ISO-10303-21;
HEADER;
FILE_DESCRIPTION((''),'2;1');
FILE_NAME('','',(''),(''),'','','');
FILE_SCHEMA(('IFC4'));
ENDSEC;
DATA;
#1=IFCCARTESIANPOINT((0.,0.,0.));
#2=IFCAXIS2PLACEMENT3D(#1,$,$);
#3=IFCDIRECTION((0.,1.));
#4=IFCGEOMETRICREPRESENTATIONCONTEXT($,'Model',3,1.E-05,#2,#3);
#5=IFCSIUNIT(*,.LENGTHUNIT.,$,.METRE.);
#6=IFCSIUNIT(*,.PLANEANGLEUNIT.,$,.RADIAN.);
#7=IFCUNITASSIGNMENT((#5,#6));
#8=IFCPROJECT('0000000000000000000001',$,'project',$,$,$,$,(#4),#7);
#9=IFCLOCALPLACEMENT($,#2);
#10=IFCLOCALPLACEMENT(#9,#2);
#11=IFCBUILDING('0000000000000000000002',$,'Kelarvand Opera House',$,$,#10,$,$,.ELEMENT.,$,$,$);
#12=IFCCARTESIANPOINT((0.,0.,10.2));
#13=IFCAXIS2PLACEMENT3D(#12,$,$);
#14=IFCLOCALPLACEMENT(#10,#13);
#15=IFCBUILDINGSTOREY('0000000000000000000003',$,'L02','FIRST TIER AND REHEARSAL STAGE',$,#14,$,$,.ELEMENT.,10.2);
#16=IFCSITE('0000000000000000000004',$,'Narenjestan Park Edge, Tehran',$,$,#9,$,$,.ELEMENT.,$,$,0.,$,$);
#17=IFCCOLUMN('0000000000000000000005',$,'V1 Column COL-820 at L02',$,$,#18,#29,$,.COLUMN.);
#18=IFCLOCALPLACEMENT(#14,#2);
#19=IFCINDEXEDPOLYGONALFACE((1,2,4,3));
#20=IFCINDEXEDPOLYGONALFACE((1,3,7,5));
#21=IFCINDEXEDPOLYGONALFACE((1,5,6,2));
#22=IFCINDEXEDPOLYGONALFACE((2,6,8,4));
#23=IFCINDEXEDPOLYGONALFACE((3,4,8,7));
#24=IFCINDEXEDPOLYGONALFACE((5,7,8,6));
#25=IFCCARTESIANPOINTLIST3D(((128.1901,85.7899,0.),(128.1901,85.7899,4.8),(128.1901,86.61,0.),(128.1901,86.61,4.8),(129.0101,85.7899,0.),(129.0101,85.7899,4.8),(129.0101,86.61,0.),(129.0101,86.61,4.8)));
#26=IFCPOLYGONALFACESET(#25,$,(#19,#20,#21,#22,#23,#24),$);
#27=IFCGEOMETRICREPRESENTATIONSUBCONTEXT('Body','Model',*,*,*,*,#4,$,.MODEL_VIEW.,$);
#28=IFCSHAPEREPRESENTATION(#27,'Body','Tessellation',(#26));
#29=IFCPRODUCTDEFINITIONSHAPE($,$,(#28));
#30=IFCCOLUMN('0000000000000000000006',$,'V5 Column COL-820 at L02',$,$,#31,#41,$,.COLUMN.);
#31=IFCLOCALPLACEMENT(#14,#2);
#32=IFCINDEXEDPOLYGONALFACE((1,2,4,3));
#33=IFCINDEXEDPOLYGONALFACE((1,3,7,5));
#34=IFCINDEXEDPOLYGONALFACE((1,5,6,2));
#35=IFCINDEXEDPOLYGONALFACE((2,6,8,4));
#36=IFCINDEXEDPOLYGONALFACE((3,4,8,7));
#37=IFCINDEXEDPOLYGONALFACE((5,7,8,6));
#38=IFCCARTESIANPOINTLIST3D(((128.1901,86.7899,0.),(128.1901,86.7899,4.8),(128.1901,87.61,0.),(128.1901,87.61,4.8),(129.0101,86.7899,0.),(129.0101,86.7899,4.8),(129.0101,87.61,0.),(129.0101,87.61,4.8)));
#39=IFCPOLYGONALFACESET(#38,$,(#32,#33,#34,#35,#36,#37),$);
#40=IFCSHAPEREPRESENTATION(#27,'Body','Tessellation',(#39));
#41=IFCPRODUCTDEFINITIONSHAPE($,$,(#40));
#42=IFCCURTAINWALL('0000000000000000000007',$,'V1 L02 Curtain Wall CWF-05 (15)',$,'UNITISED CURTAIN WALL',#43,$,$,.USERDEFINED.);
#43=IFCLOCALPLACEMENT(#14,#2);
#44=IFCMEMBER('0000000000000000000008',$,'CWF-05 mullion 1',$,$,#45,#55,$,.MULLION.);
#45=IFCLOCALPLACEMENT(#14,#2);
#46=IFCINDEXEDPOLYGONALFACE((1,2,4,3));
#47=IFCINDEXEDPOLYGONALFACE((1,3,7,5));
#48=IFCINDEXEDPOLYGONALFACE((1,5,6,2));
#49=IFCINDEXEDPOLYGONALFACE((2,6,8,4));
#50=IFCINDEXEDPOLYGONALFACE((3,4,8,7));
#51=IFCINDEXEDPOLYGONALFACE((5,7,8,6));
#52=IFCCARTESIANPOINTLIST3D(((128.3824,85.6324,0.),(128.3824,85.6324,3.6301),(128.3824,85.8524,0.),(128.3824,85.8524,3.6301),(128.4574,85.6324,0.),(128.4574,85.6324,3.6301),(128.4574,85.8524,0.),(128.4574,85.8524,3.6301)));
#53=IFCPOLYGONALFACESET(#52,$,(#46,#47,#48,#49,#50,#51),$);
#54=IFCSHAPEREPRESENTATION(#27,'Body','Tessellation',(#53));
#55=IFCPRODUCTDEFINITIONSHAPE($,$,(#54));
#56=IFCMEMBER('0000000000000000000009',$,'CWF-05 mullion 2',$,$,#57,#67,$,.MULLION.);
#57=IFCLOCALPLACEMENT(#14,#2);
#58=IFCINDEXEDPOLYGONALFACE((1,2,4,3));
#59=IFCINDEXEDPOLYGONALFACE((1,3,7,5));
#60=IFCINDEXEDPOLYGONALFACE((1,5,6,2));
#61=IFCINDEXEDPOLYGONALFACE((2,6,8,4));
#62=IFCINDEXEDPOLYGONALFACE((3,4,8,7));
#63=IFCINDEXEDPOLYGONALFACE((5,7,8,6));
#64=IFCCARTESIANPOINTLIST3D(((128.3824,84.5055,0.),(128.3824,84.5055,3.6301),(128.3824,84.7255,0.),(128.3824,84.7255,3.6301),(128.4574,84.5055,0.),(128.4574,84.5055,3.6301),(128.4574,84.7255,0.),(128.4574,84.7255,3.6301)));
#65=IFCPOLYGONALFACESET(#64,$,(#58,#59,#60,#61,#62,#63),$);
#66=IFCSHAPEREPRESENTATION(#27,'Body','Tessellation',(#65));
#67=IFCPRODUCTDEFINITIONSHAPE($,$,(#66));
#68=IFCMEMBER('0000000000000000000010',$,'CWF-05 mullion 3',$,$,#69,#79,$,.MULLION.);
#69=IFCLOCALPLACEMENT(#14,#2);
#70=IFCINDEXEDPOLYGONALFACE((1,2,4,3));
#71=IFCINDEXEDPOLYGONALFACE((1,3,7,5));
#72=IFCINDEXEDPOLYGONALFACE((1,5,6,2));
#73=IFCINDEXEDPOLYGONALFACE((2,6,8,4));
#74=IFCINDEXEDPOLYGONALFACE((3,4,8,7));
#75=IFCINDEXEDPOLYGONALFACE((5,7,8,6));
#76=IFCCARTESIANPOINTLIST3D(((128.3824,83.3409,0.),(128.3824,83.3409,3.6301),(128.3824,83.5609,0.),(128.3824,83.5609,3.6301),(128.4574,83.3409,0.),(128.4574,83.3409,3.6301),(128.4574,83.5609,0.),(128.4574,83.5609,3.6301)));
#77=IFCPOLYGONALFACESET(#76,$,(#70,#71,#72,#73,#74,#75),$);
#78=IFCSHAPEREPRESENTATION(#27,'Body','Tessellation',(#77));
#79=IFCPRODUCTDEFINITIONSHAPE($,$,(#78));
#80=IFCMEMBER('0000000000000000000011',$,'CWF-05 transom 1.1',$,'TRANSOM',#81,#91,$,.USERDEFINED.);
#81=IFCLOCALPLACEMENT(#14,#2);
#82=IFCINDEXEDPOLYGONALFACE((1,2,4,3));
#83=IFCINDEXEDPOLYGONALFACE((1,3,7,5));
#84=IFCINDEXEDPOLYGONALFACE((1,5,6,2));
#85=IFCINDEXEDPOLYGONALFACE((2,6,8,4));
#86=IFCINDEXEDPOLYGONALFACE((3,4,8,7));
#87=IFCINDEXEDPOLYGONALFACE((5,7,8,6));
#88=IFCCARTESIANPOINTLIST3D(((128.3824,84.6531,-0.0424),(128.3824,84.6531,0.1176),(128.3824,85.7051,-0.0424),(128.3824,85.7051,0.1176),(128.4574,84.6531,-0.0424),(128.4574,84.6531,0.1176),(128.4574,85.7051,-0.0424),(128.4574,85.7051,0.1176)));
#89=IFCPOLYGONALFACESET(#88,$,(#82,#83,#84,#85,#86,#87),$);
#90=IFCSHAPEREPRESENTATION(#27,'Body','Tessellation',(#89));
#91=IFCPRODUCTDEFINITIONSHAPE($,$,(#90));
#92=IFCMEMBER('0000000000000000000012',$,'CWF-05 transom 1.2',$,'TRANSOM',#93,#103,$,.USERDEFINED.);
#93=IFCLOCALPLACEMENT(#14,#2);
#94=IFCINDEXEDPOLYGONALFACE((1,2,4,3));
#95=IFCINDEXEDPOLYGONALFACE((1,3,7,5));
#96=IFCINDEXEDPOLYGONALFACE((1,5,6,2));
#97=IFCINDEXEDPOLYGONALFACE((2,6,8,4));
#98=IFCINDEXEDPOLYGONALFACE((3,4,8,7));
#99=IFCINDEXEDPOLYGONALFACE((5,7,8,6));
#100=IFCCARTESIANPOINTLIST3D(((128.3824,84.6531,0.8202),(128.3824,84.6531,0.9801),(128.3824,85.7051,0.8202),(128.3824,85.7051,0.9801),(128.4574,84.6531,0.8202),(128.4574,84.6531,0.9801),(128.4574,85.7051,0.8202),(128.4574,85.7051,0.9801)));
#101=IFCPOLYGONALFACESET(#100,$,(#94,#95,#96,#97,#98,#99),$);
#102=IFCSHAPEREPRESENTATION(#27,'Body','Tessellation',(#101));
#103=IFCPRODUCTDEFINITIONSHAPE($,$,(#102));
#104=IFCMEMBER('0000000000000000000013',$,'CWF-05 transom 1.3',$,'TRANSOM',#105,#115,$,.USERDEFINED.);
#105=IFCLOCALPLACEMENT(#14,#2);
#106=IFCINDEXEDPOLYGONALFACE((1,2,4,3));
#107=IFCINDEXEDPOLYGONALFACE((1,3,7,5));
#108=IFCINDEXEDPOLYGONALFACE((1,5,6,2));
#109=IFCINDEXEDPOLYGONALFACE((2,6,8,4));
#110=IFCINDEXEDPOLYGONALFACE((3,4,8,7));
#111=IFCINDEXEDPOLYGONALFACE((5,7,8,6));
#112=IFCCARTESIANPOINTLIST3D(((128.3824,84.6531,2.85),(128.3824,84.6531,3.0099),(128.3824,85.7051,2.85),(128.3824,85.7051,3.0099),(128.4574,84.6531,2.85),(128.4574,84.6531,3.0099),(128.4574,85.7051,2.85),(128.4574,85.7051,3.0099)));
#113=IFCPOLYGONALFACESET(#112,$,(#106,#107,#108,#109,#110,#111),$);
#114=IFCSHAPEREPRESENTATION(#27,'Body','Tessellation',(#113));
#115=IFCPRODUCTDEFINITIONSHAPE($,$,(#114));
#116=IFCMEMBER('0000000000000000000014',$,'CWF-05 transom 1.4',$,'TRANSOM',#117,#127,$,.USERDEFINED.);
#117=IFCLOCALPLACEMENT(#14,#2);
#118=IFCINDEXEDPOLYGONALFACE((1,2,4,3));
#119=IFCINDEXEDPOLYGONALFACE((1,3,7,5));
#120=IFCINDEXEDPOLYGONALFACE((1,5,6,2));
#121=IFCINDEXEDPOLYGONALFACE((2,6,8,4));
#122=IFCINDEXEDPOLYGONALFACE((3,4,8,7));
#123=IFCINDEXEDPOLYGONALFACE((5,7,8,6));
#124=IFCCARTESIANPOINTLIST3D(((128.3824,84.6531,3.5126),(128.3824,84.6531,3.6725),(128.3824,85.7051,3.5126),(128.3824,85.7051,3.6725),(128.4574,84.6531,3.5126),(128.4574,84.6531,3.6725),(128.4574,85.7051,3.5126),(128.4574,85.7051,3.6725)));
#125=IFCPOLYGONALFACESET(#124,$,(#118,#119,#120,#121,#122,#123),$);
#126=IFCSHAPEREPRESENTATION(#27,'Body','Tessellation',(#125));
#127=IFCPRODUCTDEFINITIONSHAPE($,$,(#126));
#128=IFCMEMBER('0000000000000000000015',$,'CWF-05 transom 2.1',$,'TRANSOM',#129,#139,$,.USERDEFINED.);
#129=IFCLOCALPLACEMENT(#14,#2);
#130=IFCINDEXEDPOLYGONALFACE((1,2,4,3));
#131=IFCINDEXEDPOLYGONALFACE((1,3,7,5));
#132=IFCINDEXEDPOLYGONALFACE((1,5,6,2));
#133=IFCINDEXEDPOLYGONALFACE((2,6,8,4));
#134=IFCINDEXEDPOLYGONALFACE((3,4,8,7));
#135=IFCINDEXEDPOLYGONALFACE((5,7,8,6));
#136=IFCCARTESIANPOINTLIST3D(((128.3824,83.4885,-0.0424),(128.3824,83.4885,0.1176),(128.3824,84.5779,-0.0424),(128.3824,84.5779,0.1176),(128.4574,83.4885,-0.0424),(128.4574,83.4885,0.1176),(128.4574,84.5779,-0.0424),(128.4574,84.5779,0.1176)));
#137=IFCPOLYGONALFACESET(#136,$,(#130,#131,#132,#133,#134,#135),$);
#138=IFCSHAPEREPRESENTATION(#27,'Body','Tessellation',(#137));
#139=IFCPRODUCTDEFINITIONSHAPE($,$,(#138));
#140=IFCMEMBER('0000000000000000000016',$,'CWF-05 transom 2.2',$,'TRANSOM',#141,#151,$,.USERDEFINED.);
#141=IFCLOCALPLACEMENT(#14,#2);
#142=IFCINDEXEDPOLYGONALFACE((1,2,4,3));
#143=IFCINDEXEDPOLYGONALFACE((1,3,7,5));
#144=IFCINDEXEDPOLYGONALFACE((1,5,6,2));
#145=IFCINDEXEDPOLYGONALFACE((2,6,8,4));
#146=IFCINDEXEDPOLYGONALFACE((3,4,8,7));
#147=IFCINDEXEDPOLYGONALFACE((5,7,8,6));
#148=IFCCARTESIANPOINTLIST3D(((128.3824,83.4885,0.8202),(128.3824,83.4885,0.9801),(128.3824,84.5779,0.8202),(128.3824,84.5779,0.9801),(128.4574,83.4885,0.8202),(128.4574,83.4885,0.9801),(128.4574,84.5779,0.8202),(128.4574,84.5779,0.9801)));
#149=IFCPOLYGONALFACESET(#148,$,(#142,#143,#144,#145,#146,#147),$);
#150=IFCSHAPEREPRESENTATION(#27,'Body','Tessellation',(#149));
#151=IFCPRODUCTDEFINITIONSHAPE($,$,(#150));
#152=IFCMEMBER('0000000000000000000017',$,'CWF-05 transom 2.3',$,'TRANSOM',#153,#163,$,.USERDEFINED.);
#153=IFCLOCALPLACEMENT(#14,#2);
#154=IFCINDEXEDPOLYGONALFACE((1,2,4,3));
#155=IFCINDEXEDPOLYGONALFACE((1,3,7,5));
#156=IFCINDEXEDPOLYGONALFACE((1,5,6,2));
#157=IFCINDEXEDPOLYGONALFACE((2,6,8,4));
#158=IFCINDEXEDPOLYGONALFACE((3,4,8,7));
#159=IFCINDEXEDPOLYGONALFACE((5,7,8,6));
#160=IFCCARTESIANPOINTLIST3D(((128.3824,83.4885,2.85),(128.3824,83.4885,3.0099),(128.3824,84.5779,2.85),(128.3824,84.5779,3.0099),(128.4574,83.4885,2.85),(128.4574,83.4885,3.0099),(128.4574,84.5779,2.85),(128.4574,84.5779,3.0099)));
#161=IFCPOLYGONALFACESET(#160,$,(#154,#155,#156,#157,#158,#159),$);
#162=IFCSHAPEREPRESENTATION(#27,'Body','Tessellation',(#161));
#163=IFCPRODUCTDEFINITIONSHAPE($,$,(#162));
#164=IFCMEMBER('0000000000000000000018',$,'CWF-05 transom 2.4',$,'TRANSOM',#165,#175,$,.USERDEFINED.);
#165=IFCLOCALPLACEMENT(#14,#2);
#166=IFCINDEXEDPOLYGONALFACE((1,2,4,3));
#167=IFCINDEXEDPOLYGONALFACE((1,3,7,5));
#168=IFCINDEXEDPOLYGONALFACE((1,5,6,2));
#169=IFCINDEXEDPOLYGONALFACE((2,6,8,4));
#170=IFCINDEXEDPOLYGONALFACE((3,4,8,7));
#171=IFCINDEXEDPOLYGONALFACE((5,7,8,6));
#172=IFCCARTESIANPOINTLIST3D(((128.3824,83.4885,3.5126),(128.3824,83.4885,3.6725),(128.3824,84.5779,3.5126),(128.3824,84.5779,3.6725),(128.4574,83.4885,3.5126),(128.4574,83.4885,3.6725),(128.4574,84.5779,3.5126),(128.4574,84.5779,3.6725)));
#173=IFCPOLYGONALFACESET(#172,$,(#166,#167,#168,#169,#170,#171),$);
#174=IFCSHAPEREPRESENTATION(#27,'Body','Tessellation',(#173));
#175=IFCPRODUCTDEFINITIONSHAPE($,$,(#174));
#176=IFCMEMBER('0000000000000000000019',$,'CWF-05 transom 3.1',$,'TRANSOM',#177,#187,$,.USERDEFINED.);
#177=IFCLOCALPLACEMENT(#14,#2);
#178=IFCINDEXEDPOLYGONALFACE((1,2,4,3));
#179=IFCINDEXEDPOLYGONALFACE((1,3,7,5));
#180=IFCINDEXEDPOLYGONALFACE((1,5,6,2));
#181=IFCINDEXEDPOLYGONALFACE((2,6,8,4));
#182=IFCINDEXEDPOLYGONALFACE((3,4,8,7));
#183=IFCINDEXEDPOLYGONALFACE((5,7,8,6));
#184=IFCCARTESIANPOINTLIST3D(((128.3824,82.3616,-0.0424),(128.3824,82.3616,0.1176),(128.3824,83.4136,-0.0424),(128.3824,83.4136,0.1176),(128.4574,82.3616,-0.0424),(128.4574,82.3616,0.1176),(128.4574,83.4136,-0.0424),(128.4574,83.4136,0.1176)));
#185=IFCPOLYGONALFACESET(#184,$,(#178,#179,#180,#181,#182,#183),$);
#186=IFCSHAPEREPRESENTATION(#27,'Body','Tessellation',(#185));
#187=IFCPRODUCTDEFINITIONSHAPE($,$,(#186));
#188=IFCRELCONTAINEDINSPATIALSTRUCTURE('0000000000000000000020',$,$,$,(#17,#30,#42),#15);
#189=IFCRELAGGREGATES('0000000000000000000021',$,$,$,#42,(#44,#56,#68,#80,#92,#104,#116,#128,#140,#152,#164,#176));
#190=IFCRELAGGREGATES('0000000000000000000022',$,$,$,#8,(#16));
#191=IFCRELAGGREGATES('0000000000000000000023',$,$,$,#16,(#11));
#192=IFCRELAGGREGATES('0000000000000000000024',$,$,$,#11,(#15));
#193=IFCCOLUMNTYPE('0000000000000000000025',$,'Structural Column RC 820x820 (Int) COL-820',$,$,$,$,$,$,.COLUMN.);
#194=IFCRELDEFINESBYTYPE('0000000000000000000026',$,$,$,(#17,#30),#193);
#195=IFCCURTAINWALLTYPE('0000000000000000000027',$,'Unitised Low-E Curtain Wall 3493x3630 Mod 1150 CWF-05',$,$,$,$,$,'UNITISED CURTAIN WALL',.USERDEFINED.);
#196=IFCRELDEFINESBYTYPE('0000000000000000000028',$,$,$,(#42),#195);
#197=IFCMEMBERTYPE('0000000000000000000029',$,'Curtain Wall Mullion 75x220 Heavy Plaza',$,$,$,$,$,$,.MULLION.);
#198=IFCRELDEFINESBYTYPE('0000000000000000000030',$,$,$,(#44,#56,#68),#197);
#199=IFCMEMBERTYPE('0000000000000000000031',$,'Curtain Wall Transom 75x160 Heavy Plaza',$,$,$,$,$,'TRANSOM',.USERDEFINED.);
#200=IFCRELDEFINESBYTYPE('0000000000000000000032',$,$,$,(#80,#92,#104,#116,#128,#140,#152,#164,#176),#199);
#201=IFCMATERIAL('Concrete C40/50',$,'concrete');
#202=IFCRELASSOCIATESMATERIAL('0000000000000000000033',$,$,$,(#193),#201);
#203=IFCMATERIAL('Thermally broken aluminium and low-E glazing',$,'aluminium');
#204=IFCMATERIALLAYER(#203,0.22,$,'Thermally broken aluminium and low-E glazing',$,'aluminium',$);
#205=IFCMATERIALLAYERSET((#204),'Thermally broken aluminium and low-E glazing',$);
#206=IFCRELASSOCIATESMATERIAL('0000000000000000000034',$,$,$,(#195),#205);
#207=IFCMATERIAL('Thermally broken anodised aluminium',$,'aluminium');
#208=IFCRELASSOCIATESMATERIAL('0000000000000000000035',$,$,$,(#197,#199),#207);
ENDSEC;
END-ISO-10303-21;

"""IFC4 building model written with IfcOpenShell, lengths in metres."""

from ifc_helpers import new_model, si_unit, direction, frame, origin, origin_2d, place, context, subcontext, project, spatial, rectangle, extrude, material, layer, layer_set, material_profile, profile_set, type_object, element, aggregate, save


model = new_model("IFC4")

# Units and contexts
model_context = context("Model", 3, precision=1e-05, world=origin(), true_north=direction((0.0, 1.0)))
body_context = subcontext(model_context, "Body", "Model", "MODEL_VIEW")
ifc_project = project(units=[si_unit("LENGTHUNIT", "METRE"), si_unit("PLANEANGLEUNIT", "RADIAN")], contexts=[model_context])

# Site, building, storey
site_placement = place(None, origin())
site = spatial("IfcSite", under=ifc_project, at=site_placement, Name="Narenjestan Park Edge, Tehran", CompositionType="ELEMENT", RefElevation=0.0)
building_placement = place(site_placement, origin())
building = spatial("IfcBuilding", under=site, at=building_placement, Name="Kelarvand Opera House", CompositionType="ELEMENT")
storey_placement = place(building_placement, frame((0.0, 0.0, 10.2)))
storey = spatial("IfcBuildingStorey", under=building, at=storey_placement, Name="L02", Description="FIRST TIER AND REHEARSAL STAGE", CompositionType="ELEMENT", Elevation=10.2)

# Columns
ifc_material_1 = material(Name="Concrete C40/50", Category="concrete")
ifc_material_profile_1 = material_profile(ifc_material_1, rectangle(XDim=0.8201, YDim=0.8201, at=origin_2d()), Name="RC 820x820", Category="concrete")
ifc_profile_set_1 = profile_set([ifc_material_profile_1], Name="Concrete C40/50")
column_type = type_object("IfcColumnType", Name="Structural Column RC 820x820 (Int) COL-820", PredefinedType="COLUMN", material=ifc_profile_set_1)
for number, where, z_axis, x_axis, name in (
    (1, (128.6001, 86.2, 0.0), (0.0, 0.0, 1.0), (1.0, 0.0, 0.0), "V1 Column COL-820 at L02"),
    (2, (128.6001, 87.2, 0.0), (0.0, 0.0, 1.0), (1.0, 0.0, 0.0), "V5 Column COL-820 at L02"),
):
    element("IfcColumn", number, at=place(storey_placement, frame(where, z_axis=z_axis, x_axis=x_axis)), inside=storey, type_object=column_type, Name=name, PredefinedType="COLUMN", context=body_context, shape_type="SweptSolid", body=[
        extrude(rectangle(XDim=0.8201, YDim=0.8201, at=origin_2d()), origin(), (0.0, 0.0, 1.0), 4.8),
    ])

# Curtain wall, members
ifc_material_2 = material(Name="Thermally broken aluminium and low-E glazing", Category="aluminium")
ifc_layer_1 = layer(ifc_material_2, 0.22, Name="Thermally broken aluminium and low-E glazing", Category="aluminium")
ifc_layer_set_1 = layer_set([ifc_layer_1], Name="Thermally broken aluminium and low-E glazing")
curtain_wall_type = type_object("IfcCurtainWallType", Name="Unitised Low-E Curtain Wall 3493x3630 Mod 1150 CWF-05", ElementType="UNITISED CURTAIN WALL", PredefinedType="USERDEFINED", material=ifc_layer_set_1)
curtain_wall_placement = place(storey_placement, origin())
curtain_wall = element("IfcCurtainWall", 3, at=curtain_wall_placement, inside=storey, type_object=curtain_wall_type, Name="V1 L02 Curtain Wall CWF-05 (15)", ObjectType="UNITISED CURTAIN WALL", PredefinedType="USERDEFINED")
ifc_material_3 = material(Name="Thermally broken anodised aluminium", Category="aluminium")
ifc_material_profile_2 = material_profile(ifc_material_3, rectangle(XDim=0.075, YDim=0.22, at=origin_2d()), Name="ALU MULLION 75x220", Category="aluminium")
ifc_profile_set_2 = profile_set([ifc_material_profile_2], Name="Thermally broken anodised aluminium")
member_type_1 = type_object("IfcMemberType", Name="Curtain Wall Mullion 75x220 Heavy Plaza", PredefinedType="MULLION", material=ifc_profile_set_2)
member_1_placement = place(storey_placement, frame((128.4199, 85.7424, 0.0), z_axis=(0.0, 0.0, 1.0), x_axis=(1.0, 0.0, 0.0)))
member_1 = element("IfcMember", 4, at=member_1_placement, type_object=member_type_1, Name="CWF-05 mullion 1", PredefinedType="MULLION", context=body_context, shape_type="SweptSolid", body=[
    extrude(rectangle(XDim=0.075, YDim=0.22, at=origin_2d()), origin(), (0.0, 0.0, 1.0), 3.6301),
])
member_2_placement = place(storey_placement, frame((128.4199, 84.6155, 0.0), z_axis=(0.0, 0.0, 1.0), x_axis=(1.0, 0.0, 0.0)))
member_2 = element("IfcMember", 5, at=member_2_placement, type_object=member_type_1, Name="CWF-05 mullion 2", PredefinedType="MULLION", context=body_context, shape_type="SweptSolid", body=[
    extrude(rectangle(XDim=0.075, YDim=0.22, at=origin_2d()), origin(), (0.0, 0.0, 1.0), 3.6301),
])
member_3_placement = place(storey_placement, frame((128.4199, 83.4509, 0.0), z_axis=(0.0, 0.0, 1.0), x_axis=(1.0, 0.0, 0.0)))
member_3 = element("IfcMember", 6, at=member_3_placement, type_object=member_type_1, Name="CWF-05 mullion 3", PredefinedType="MULLION", context=body_context, shape_type="SweptSolid", body=[
    extrude(rectangle(XDim=0.075, YDim=0.22, at=origin_2d()), origin(), (0.0, 0.0, 1.0), 3.6301),
])
ifc_material_profile_3 = material_profile(ifc_material_3, rectangle(XDim=0.075, YDim=0.1599, at=origin_2d()), Name="ALU TRANSOM 75x160", Category="aluminium")
ifc_profile_set_3 = profile_set([ifc_material_profile_3], Name="Thermally broken anodised aluminium")
member_type_2 = type_object("IfcMemberType", Name="Curtain Wall Transom 75x160 Heavy Plaza", ElementType="TRANSOM", PredefinedType="USERDEFINED", material=ifc_profile_set_3)
member_4_placement = place(storey_placement, frame((128.4199, 85.7051, 0.0376), z_axis=(0.0, -1.0, 0.0), x_axis=(1.0, 0.0, 0.0)))
member_4 = element("IfcMember", 7, at=member_4_placement, type_object=member_type_2, Name="CWF-05 transom 1.1", ObjectType="TRANSOM", PredefinedType="USERDEFINED", context=body_context, shape_type="SweptSolid", body=[
    extrude(rectangle(XDim=0.075, YDim=0.1599, at=origin_2d()), origin(), (0.0, 0.0, 1.0), 1.052),
])
member_5_placement = place(storey_placement, frame((128.4199, 85.7051, 0.9001), z_axis=(0.0, -1.0, 0.0), x_axis=(1.0, 0.0, 0.0)))
member_5 = element("IfcMember", 8, at=member_5_placement, type_object=member_type_2, Name="CWF-05 transom 1.2", ObjectType="TRANSOM", PredefinedType="USERDEFINED", context=body_context, shape_type="SweptSolid", body=[
    extrude(rectangle(XDim=0.075, YDim=0.1599, at=origin_2d()), origin(), (0.0, 0.0, 1.0), 1.052),
])
member_6_placement = place(storey_placement, frame((128.4199, 85.7051, 2.9299), z_axis=(0.0, -1.0, 0.0), x_axis=(1.0, 0.0, 0.0)))
member_6 = element("IfcMember", 9, at=member_6_placement, type_object=member_type_2, Name="CWF-05 transom 1.3", ObjectType="TRANSOM", PredefinedType="USERDEFINED", context=body_context, shape_type="SweptSolid", body=[
    extrude(rectangle(XDim=0.075, YDim=0.1599, at=origin_2d()), origin(), (0.0, 0.0, 1.0), 1.052),
])
member_7_placement = place(storey_placement, frame((128.4199, 85.7051, 3.5925), z_axis=(0.0, -1.0, 0.0), x_axis=(1.0, 0.0, 0.0)))
member_7 = element("IfcMember", 10, at=member_7_placement, type_object=member_type_2, Name="CWF-05 transom 1.4", ObjectType="TRANSOM", PredefinedType="USERDEFINED", context=body_context, shape_type="SweptSolid", body=[
    extrude(rectangle(XDim=0.075, YDim=0.1599, at=origin_2d()), origin(), (0.0, 0.0, 1.0), 1.052),
])
member_8_placement = place(storey_placement, frame((128.4199, 84.5779, 0.0376), z_axis=(0.0, -1.0, 0.0), x_axis=(1.0, 0.0, 0.0)))
member_8 = element("IfcMember", 11, at=member_8_placement, type_object=member_type_2, Name="CWF-05 transom 2.1", ObjectType="TRANSOM", PredefinedType="USERDEFINED", context=body_context, shape_type="SweptSolid", body=[
    extrude(rectangle(XDim=0.075, YDim=0.1599, at=origin_2d()), origin(), (0.0, 0.0, 1.0), 1.0894),
])
member_9_placement = place(storey_placement, frame((128.4199, 84.5779, 0.9001), z_axis=(0.0, -1.0, 0.0), x_axis=(1.0, 0.0, 0.0)))
member_9 = element("IfcMember", 12, at=member_9_placement, type_object=member_type_2, Name="CWF-05 transom 2.2", ObjectType="TRANSOM", PredefinedType="USERDEFINED", context=body_context, shape_type="SweptSolid", body=[
    extrude(rectangle(XDim=0.075, YDim=0.1599, at=origin_2d()), origin(), (0.0, 0.0, 1.0), 1.0894),
])
member_10_placement = place(storey_placement, frame((128.4199, 84.5779, 2.9299), z_axis=(0.0, -1.0, 0.0), x_axis=(1.0, 0.0, 0.0)))
member_10 = element("IfcMember", 13, at=member_10_placement, type_object=member_type_2, Name="CWF-05 transom 2.3", ObjectType="TRANSOM", PredefinedType="USERDEFINED", context=body_context, shape_type="SweptSolid", body=[
    extrude(rectangle(XDim=0.075, YDim=0.1599, at=origin_2d()), origin(), (0.0, 0.0, 1.0), 1.0894),
])
member_11_placement = place(storey_placement, frame((128.4199, 84.5779, 3.5925), z_axis=(0.0, -1.0, 0.0), x_axis=(1.0, 0.0, 0.0)))
member_11 = element("IfcMember", 14, at=member_11_placement, type_object=member_type_2, Name="CWF-05 transom 2.4", ObjectType="TRANSOM", PredefinedType="USERDEFINED", context=body_context, shape_type="SweptSolid", body=[
    extrude(rectangle(XDim=0.075, YDim=0.1599, at=origin_2d()), origin(), (0.0, 0.0, 1.0), 1.0894),
])
member_12_placement = place(storey_placement, frame((128.4199, 83.4136, 0.0376), z_axis=(0.0, -1.0, 0.0), x_axis=(1.0, 0.0, 0.0)))
member_12 = element("IfcMember", 15, at=member_12_placement, type_object=member_type_2, Name="CWF-05 transom 3.1", ObjectType="TRANSOM", PredefinedType="USERDEFINED", context=body_context, shape_type="SweptSolid", body=[
    extrude(rectangle(XDim=0.075, YDim=0.1599, at=origin_2d()), origin(), (0.0, 0.0, 1.0), 1.052),
])
aggregate(curtain_wall, [member_1, member_2, member_3, member_4, member_5, member_6, member_7, member_8, member_9, member_10, member_11, member_12])

save(model, "model.ifc")
